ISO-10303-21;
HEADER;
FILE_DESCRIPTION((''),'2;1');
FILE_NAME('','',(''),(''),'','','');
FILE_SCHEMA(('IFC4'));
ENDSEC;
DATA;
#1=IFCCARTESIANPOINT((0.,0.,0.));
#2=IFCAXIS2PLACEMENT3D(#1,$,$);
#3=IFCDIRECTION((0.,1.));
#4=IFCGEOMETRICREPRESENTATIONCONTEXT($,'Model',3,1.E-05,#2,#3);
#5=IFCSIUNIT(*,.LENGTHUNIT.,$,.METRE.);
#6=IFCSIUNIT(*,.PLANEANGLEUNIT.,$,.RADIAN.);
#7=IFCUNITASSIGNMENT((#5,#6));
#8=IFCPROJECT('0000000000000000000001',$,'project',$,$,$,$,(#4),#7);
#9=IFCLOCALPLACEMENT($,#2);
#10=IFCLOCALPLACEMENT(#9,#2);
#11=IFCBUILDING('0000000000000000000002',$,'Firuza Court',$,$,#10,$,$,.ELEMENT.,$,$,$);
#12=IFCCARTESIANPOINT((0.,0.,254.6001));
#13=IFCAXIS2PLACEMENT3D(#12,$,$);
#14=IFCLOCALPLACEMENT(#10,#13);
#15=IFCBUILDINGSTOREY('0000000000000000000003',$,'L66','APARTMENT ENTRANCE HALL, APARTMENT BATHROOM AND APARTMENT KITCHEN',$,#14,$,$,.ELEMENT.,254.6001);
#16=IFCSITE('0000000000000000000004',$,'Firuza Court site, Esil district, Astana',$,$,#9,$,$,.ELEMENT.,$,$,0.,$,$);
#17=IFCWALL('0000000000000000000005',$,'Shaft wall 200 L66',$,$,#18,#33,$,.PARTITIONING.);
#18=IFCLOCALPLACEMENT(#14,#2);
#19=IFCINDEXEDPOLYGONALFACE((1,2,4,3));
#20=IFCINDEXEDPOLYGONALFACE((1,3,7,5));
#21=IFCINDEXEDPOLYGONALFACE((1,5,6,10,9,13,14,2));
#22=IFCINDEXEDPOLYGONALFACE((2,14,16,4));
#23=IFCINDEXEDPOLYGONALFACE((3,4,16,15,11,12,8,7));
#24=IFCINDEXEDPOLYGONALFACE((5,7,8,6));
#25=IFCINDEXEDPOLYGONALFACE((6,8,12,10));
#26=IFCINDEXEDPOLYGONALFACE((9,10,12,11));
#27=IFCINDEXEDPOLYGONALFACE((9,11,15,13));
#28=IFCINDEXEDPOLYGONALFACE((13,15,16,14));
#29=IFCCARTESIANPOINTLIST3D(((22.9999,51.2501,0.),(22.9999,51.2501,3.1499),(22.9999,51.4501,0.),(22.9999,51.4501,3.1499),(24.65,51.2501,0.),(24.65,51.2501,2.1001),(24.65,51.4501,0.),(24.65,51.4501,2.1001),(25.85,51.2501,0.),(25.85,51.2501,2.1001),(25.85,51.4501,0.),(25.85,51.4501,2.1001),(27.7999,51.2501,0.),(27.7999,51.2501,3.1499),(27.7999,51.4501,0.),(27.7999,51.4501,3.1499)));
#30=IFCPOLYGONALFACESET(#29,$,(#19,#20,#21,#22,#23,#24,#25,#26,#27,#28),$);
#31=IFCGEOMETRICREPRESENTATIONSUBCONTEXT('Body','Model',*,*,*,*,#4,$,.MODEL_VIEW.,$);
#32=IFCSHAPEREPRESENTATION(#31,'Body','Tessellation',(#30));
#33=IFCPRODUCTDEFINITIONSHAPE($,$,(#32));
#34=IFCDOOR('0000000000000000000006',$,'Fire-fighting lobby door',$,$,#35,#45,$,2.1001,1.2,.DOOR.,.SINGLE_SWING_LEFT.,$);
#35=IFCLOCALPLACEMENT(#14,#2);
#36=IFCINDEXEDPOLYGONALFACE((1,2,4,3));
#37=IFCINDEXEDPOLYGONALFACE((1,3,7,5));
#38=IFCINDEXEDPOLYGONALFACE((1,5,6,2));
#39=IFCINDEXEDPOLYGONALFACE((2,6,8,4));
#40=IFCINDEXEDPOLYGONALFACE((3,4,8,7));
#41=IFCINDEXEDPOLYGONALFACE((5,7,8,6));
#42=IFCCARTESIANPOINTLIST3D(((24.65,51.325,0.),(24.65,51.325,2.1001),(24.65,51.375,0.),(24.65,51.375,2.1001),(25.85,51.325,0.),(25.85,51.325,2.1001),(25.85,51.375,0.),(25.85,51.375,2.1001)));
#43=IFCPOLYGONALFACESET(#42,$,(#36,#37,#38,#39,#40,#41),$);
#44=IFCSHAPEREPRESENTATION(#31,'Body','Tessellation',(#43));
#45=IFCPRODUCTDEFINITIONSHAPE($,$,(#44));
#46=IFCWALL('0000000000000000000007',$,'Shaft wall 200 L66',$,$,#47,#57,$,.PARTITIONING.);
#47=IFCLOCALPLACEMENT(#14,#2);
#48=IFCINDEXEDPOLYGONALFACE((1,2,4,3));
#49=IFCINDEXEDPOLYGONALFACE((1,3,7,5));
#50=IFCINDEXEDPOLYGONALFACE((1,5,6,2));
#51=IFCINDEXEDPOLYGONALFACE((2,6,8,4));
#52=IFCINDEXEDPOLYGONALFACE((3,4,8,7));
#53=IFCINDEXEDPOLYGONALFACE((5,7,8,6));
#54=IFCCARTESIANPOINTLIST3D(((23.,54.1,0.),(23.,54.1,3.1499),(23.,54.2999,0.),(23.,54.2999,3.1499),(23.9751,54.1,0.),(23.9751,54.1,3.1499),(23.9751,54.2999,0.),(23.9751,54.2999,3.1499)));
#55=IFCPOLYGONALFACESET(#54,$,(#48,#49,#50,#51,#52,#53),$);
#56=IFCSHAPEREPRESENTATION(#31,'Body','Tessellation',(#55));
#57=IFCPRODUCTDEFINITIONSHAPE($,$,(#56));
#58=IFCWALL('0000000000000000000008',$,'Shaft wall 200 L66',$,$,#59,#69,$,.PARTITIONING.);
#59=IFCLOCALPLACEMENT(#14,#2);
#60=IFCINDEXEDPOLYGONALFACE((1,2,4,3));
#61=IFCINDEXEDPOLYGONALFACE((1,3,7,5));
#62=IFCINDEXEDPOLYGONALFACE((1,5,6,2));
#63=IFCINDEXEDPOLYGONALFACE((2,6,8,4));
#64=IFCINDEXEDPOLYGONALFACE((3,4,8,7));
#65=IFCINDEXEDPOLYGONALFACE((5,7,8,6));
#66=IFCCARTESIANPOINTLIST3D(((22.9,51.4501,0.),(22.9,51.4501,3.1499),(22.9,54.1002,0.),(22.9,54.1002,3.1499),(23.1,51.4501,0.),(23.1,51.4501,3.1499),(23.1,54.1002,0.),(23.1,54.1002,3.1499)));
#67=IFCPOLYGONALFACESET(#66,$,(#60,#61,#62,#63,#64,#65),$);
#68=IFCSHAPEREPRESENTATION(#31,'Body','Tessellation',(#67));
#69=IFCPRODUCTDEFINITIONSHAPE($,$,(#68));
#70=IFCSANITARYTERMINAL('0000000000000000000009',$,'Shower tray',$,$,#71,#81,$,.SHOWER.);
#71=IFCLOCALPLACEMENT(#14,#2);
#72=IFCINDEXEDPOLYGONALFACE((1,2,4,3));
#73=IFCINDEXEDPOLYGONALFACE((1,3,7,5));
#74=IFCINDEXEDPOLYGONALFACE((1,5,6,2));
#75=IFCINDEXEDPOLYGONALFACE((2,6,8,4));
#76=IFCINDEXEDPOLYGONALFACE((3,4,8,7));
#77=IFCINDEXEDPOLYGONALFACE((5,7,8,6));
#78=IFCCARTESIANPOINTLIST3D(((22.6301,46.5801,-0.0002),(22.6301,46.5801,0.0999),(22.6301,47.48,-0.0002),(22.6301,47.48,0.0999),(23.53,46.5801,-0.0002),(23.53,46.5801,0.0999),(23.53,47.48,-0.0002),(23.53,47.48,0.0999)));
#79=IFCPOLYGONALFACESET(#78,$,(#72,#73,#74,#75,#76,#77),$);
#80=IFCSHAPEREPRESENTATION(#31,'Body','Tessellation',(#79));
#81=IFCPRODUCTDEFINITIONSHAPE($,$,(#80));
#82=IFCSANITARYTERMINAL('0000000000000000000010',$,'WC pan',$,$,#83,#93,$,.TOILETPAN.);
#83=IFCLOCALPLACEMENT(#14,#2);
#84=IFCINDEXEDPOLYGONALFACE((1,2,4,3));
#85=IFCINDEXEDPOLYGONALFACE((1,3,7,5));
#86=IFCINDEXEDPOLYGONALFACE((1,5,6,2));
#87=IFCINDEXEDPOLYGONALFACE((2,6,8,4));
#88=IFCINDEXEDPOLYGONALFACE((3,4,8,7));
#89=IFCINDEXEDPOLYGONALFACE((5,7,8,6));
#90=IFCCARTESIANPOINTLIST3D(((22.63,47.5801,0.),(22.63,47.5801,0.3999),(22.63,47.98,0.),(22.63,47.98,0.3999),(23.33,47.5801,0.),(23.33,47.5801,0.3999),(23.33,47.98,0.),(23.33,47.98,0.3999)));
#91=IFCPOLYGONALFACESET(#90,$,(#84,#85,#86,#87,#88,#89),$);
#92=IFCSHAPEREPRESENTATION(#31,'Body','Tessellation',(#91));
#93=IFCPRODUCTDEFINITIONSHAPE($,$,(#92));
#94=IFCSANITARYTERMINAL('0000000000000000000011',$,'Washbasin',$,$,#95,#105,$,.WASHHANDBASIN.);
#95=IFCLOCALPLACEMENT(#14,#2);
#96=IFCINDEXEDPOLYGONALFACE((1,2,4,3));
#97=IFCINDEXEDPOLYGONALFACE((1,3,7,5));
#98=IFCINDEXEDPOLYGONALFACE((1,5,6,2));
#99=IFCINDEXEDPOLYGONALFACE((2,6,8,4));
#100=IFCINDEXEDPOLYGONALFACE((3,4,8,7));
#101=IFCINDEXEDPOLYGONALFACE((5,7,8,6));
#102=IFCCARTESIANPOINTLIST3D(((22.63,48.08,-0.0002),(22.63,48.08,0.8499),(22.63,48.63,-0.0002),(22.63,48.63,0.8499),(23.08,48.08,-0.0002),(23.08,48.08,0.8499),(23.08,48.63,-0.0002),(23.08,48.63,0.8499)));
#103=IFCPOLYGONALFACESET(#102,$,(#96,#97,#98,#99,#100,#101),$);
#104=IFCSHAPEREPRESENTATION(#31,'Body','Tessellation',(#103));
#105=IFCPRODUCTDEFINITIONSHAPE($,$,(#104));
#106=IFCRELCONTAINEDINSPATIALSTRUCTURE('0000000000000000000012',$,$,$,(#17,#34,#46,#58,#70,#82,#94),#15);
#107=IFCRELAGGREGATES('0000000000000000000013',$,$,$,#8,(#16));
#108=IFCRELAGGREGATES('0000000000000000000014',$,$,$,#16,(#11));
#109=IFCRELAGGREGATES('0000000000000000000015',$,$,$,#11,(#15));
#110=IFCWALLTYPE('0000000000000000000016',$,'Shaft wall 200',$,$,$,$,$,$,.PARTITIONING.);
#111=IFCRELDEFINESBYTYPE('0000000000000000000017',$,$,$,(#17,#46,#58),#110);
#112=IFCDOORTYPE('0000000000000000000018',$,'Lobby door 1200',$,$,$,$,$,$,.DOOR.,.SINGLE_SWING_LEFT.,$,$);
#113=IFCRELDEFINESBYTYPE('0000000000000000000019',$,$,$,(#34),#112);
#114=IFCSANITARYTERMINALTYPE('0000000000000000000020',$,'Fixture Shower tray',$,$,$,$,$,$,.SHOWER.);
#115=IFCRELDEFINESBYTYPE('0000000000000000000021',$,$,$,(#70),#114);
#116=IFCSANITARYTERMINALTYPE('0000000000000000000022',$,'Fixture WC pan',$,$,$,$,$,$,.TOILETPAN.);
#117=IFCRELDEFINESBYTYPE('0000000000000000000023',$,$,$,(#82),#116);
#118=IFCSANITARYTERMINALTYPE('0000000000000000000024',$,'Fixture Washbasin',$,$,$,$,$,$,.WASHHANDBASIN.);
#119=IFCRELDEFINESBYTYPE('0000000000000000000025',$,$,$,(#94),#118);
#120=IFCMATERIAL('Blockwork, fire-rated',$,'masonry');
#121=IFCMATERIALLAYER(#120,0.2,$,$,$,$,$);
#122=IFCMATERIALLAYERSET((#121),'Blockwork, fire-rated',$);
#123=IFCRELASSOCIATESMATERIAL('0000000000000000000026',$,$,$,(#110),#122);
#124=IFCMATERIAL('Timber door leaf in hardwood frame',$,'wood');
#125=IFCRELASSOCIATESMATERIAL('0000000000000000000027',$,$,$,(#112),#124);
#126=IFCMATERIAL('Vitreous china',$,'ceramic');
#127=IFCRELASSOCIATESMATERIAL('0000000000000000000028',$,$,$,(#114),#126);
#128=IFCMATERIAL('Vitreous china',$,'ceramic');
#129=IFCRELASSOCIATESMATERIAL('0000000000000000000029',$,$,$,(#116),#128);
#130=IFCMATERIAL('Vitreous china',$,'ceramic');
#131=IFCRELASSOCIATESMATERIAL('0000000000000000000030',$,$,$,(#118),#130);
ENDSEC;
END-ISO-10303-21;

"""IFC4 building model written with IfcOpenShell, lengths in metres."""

from ifc_helpers import new_model, si_unit, direction, frame, frame_2d, origin, origin_2d, place, context, subcontext, project, spatial, rectangle, extrude, material, layer, layer_set, type_object, element, fill, save


model = new_model("IFC4")

# Units and contexts
model_context = context("Model", 3, precision=1e-05, world=origin(), true_north=direction((0.0, 1.0)))
body_context = subcontext(model_context, "Body", "Model", "MODEL_VIEW")
ifc_project = project(units=[si_unit("LENGTHUNIT", "METRE"), si_unit("PLANEANGLEUNIT", "RADIAN")], contexts=[model_context])

# Site, building, storey
site_placement = place(None, origin())
site = spatial("IfcSite", under=ifc_project, at=site_placement, Name="Firuza Court site, Esil district, Astana", CompositionType="ELEMENT", RefElevation=0.0)
building_placement = place(site_placement, origin())
building = spatial("IfcBuilding", under=site, at=building_placement, Name="Firuza Court", CompositionType="ELEMENT")
storey_placement = place(building_placement, frame((0.0, 0.0, 254.6001)))
storey = spatial("IfcBuildingStorey", under=building, at=storey_placement, Name="L66", Description="APARTMENT ENTRANCE HALL, APARTMENT BATHROOM AND APARTMENT KITCHEN", CompositionType="ELEMENT", Elevation=254.6001)

# Shared definitions
ifc_material_1 = material(Name="Blockwork, fire-rated", Category="masonry")

# Wall, opening, door
ifc_layer_1 = layer(ifc_material_1, 0.2)
ifc_layer_set_1 = layer_set([ifc_layer_1], Name="Blockwork, fire-rated")
wall_type_1 = type_object("IfcWallType", Name="Shaft wall 200", PredefinedType="PARTITIONING", material=ifc_layer_set_1)
wall_1_placement = place(storey_placement, frame((23.0, 51.3501, 0.0), z_axis=(0.0, 0.0, 1.0), x_axis=(1.0, 0.0, 0.0)))
wall_1 = element("IfcWall", 1, at=wall_1_placement, inside=storey, type_object=wall_type_1, Name="Shaft wall 200 L66", PredefinedType="PARTITIONING", context=body_context, shape_type="SweptSolid", body=[
    extrude(rectangle(XDim=4.8, YDim=0.2, at=frame_2d((2.3999, 0.0))), origin(), (0.0, 0.0, 1.0), 3.1499),
])
opening_1_placement = place(wall_1_placement, frame((1.6499, 0.0, 0.0)))
opening_1 = element("IfcOpeningElement", 2, at=opening_1_placement, cuts=wall_1, PredefinedType="OPENING", context=body_context, shape_type="SweptSolid", body=[
    extrude(rectangle(XDim=1.2, YDim=2.1001, at=frame_2d((0.6001, 1.05))), frame((0.0, 0.1118, 0.0), z_axis=(0.0, -1.0, 0.0), x_axis=(1.0, 0.0, 0.0)), (0.0, 0.0, 1.0), 0.2239),
])
ifc_material_2 = material(Name="Timber door leaf in hardwood frame", Category="wood")
door_type_1 = type_object("IfcDoorType", Name="Lobby door 1200", OperationType="SINGLE_SWING_LEFT", PredefinedType="DOOR", material=ifc_material_2)
door_1_placement = place(opening_1_placement, origin())
door_1 = element("IfcDoor", 3, at=door_1_placement, inside=storey, type_object=door_type_1, Name="Fire-fighting lobby door", OperationType="SINGLE_SWING_LEFT", OverallHeight=2.1001, OverallWidth=1.2, PredefinedType="DOOR", context=body_context, shape_type="SweptSolid", body=[
    extrude(rectangle(XDim=1.2, YDim=2.1001, at=frame_2d((0.6001, 1.05))), frame((0.0, 0.0249, 0.0), z_axis=(0.0, -1.0, 0.0), x_axis=(1.0, 0.0, 0.0)), (0.0, 0.0, 1.0), 0.05),
])
fill(opening_1, door_1)

# Walls
wall_2_placement = place(storey_placement, frame((23.0, 54.2, 0.0), z_axis=(0.0, 0.0, 1.0), x_axis=(1.0, 0.0, 0.0)))
element("IfcWall", 4, at=wall_2_placement, inside=storey, type_object=wall_type_1, Name="Shaft wall 200 L66", PredefinedType="PARTITIONING", context=body_context, shape_type="SweptSolid", body=[
    extrude(rectangle(XDim=0.9751, YDim=0.2, at=frame_2d((0.4875, 0.0))), origin(), (0.0, 0.0, 1.0), 3.1499),
])
wall_3_placement = place(storey_placement, frame((23.0, 51.45, 0.0), z_axis=(0.0, 0.0, 1.0), x_axis=(0.0, 1.0, 0.0)))
element("IfcWall", 5, at=wall_3_placement, inside=storey, type_object=wall_type_1, Name="Shaft wall 200 L66", PredefinedType="PARTITIONING", context=body_context, shape_type="SweptSolid", body=[
    extrude(rectangle(XDim=2.6501, YDim=0.2, at=frame_2d((1.3252, 0.0))), origin(), (0.0, 0.0, 1.0), 3.1499),
])

# Sanitary terminals
ifc_material_3 = material(Name="Vitreous china", Category="ceramic")
sanitary_terminal_type_1 = type_object("IfcSanitaryTerminalType", Name="Fixture Shower tray", PredefinedType="SHOWER", material=ifc_material_3)
sanitary_terminal_1_placement = place(storey_placement, frame((23.0801, 47.03, -0.0002), z_axis=(0.0, 0.0, 1.0), x_axis=(1.0, 0.0, 0.0)))
element("IfcSanitaryTerminal", 6, at=sanitary_terminal_1_placement, inside=storey, type_object=sanitary_terminal_type_1, Name="Shower tray", PredefinedType="SHOWER", context=body_context, shape_type="SweptSolid", body=[
    extrude(rectangle(XDim=0.8999, YDim=0.8999, at=origin_2d()), origin(), (0.0, 0.0, 1.0), 0.1001),
])
ifc_material_4 = material(Name="Vitreous china", Category="ceramic")
sanitary_terminal_type_2 = type_object("IfcSanitaryTerminalType", Name="Fixture WC pan", PredefinedType="TOILETPAN", material=ifc_material_4)
sanitary_terminal_2_placement = place(storey_placement, frame((22.98, 47.78, 0.0), z_axis=(0.0, 0.0, 1.0), x_axis=(1.0, 0.0, 0.0)))
element("IfcSanitaryTerminal", 7, at=sanitary_terminal_2_placement, inside=storey, type_object=sanitary_terminal_type_2, Name="WC pan", PredefinedType="TOILETPAN", context=body_context, shape_type="SweptSolid", body=[
    extrude(rectangle(XDim=0.7, YDim=0.3999, at=origin_2d()), origin(), (0.0, 0.0, 1.0), 0.3999),
])
ifc_material_5 = material(Name="Vitreous china", Category="ceramic")
sanitary_terminal_type_3 = type_object("IfcSanitaryTerminalType", Name="Fixture Washbasin", PredefinedType="WASHHANDBASIN", material=ifc_material_5)
sanitary_terminal_3_placement = place(storey_placement, frame((22.855, 48.355, -0.0002), z_axis=(0.0, 0.0, 1.0), x_axis=(1.0, 0.0, 0.0)))
element("IfcSanitaryTerminal", 8, at=sanitary_terminal_3_placement, inside=storey, type_object=sanitary_terminal_type_3, Name="Washbasin", PredefinedType="WASHHANDBASIN", context=body_context, shape_type="SweptSolid", body=[
    extrude(rectangle(XDim=0.45, YDim=0.55, at=origin_2d()), origin(), (0.0, 0.0, 1.0), 0.8501),
])

save(model, "model.ifc")
